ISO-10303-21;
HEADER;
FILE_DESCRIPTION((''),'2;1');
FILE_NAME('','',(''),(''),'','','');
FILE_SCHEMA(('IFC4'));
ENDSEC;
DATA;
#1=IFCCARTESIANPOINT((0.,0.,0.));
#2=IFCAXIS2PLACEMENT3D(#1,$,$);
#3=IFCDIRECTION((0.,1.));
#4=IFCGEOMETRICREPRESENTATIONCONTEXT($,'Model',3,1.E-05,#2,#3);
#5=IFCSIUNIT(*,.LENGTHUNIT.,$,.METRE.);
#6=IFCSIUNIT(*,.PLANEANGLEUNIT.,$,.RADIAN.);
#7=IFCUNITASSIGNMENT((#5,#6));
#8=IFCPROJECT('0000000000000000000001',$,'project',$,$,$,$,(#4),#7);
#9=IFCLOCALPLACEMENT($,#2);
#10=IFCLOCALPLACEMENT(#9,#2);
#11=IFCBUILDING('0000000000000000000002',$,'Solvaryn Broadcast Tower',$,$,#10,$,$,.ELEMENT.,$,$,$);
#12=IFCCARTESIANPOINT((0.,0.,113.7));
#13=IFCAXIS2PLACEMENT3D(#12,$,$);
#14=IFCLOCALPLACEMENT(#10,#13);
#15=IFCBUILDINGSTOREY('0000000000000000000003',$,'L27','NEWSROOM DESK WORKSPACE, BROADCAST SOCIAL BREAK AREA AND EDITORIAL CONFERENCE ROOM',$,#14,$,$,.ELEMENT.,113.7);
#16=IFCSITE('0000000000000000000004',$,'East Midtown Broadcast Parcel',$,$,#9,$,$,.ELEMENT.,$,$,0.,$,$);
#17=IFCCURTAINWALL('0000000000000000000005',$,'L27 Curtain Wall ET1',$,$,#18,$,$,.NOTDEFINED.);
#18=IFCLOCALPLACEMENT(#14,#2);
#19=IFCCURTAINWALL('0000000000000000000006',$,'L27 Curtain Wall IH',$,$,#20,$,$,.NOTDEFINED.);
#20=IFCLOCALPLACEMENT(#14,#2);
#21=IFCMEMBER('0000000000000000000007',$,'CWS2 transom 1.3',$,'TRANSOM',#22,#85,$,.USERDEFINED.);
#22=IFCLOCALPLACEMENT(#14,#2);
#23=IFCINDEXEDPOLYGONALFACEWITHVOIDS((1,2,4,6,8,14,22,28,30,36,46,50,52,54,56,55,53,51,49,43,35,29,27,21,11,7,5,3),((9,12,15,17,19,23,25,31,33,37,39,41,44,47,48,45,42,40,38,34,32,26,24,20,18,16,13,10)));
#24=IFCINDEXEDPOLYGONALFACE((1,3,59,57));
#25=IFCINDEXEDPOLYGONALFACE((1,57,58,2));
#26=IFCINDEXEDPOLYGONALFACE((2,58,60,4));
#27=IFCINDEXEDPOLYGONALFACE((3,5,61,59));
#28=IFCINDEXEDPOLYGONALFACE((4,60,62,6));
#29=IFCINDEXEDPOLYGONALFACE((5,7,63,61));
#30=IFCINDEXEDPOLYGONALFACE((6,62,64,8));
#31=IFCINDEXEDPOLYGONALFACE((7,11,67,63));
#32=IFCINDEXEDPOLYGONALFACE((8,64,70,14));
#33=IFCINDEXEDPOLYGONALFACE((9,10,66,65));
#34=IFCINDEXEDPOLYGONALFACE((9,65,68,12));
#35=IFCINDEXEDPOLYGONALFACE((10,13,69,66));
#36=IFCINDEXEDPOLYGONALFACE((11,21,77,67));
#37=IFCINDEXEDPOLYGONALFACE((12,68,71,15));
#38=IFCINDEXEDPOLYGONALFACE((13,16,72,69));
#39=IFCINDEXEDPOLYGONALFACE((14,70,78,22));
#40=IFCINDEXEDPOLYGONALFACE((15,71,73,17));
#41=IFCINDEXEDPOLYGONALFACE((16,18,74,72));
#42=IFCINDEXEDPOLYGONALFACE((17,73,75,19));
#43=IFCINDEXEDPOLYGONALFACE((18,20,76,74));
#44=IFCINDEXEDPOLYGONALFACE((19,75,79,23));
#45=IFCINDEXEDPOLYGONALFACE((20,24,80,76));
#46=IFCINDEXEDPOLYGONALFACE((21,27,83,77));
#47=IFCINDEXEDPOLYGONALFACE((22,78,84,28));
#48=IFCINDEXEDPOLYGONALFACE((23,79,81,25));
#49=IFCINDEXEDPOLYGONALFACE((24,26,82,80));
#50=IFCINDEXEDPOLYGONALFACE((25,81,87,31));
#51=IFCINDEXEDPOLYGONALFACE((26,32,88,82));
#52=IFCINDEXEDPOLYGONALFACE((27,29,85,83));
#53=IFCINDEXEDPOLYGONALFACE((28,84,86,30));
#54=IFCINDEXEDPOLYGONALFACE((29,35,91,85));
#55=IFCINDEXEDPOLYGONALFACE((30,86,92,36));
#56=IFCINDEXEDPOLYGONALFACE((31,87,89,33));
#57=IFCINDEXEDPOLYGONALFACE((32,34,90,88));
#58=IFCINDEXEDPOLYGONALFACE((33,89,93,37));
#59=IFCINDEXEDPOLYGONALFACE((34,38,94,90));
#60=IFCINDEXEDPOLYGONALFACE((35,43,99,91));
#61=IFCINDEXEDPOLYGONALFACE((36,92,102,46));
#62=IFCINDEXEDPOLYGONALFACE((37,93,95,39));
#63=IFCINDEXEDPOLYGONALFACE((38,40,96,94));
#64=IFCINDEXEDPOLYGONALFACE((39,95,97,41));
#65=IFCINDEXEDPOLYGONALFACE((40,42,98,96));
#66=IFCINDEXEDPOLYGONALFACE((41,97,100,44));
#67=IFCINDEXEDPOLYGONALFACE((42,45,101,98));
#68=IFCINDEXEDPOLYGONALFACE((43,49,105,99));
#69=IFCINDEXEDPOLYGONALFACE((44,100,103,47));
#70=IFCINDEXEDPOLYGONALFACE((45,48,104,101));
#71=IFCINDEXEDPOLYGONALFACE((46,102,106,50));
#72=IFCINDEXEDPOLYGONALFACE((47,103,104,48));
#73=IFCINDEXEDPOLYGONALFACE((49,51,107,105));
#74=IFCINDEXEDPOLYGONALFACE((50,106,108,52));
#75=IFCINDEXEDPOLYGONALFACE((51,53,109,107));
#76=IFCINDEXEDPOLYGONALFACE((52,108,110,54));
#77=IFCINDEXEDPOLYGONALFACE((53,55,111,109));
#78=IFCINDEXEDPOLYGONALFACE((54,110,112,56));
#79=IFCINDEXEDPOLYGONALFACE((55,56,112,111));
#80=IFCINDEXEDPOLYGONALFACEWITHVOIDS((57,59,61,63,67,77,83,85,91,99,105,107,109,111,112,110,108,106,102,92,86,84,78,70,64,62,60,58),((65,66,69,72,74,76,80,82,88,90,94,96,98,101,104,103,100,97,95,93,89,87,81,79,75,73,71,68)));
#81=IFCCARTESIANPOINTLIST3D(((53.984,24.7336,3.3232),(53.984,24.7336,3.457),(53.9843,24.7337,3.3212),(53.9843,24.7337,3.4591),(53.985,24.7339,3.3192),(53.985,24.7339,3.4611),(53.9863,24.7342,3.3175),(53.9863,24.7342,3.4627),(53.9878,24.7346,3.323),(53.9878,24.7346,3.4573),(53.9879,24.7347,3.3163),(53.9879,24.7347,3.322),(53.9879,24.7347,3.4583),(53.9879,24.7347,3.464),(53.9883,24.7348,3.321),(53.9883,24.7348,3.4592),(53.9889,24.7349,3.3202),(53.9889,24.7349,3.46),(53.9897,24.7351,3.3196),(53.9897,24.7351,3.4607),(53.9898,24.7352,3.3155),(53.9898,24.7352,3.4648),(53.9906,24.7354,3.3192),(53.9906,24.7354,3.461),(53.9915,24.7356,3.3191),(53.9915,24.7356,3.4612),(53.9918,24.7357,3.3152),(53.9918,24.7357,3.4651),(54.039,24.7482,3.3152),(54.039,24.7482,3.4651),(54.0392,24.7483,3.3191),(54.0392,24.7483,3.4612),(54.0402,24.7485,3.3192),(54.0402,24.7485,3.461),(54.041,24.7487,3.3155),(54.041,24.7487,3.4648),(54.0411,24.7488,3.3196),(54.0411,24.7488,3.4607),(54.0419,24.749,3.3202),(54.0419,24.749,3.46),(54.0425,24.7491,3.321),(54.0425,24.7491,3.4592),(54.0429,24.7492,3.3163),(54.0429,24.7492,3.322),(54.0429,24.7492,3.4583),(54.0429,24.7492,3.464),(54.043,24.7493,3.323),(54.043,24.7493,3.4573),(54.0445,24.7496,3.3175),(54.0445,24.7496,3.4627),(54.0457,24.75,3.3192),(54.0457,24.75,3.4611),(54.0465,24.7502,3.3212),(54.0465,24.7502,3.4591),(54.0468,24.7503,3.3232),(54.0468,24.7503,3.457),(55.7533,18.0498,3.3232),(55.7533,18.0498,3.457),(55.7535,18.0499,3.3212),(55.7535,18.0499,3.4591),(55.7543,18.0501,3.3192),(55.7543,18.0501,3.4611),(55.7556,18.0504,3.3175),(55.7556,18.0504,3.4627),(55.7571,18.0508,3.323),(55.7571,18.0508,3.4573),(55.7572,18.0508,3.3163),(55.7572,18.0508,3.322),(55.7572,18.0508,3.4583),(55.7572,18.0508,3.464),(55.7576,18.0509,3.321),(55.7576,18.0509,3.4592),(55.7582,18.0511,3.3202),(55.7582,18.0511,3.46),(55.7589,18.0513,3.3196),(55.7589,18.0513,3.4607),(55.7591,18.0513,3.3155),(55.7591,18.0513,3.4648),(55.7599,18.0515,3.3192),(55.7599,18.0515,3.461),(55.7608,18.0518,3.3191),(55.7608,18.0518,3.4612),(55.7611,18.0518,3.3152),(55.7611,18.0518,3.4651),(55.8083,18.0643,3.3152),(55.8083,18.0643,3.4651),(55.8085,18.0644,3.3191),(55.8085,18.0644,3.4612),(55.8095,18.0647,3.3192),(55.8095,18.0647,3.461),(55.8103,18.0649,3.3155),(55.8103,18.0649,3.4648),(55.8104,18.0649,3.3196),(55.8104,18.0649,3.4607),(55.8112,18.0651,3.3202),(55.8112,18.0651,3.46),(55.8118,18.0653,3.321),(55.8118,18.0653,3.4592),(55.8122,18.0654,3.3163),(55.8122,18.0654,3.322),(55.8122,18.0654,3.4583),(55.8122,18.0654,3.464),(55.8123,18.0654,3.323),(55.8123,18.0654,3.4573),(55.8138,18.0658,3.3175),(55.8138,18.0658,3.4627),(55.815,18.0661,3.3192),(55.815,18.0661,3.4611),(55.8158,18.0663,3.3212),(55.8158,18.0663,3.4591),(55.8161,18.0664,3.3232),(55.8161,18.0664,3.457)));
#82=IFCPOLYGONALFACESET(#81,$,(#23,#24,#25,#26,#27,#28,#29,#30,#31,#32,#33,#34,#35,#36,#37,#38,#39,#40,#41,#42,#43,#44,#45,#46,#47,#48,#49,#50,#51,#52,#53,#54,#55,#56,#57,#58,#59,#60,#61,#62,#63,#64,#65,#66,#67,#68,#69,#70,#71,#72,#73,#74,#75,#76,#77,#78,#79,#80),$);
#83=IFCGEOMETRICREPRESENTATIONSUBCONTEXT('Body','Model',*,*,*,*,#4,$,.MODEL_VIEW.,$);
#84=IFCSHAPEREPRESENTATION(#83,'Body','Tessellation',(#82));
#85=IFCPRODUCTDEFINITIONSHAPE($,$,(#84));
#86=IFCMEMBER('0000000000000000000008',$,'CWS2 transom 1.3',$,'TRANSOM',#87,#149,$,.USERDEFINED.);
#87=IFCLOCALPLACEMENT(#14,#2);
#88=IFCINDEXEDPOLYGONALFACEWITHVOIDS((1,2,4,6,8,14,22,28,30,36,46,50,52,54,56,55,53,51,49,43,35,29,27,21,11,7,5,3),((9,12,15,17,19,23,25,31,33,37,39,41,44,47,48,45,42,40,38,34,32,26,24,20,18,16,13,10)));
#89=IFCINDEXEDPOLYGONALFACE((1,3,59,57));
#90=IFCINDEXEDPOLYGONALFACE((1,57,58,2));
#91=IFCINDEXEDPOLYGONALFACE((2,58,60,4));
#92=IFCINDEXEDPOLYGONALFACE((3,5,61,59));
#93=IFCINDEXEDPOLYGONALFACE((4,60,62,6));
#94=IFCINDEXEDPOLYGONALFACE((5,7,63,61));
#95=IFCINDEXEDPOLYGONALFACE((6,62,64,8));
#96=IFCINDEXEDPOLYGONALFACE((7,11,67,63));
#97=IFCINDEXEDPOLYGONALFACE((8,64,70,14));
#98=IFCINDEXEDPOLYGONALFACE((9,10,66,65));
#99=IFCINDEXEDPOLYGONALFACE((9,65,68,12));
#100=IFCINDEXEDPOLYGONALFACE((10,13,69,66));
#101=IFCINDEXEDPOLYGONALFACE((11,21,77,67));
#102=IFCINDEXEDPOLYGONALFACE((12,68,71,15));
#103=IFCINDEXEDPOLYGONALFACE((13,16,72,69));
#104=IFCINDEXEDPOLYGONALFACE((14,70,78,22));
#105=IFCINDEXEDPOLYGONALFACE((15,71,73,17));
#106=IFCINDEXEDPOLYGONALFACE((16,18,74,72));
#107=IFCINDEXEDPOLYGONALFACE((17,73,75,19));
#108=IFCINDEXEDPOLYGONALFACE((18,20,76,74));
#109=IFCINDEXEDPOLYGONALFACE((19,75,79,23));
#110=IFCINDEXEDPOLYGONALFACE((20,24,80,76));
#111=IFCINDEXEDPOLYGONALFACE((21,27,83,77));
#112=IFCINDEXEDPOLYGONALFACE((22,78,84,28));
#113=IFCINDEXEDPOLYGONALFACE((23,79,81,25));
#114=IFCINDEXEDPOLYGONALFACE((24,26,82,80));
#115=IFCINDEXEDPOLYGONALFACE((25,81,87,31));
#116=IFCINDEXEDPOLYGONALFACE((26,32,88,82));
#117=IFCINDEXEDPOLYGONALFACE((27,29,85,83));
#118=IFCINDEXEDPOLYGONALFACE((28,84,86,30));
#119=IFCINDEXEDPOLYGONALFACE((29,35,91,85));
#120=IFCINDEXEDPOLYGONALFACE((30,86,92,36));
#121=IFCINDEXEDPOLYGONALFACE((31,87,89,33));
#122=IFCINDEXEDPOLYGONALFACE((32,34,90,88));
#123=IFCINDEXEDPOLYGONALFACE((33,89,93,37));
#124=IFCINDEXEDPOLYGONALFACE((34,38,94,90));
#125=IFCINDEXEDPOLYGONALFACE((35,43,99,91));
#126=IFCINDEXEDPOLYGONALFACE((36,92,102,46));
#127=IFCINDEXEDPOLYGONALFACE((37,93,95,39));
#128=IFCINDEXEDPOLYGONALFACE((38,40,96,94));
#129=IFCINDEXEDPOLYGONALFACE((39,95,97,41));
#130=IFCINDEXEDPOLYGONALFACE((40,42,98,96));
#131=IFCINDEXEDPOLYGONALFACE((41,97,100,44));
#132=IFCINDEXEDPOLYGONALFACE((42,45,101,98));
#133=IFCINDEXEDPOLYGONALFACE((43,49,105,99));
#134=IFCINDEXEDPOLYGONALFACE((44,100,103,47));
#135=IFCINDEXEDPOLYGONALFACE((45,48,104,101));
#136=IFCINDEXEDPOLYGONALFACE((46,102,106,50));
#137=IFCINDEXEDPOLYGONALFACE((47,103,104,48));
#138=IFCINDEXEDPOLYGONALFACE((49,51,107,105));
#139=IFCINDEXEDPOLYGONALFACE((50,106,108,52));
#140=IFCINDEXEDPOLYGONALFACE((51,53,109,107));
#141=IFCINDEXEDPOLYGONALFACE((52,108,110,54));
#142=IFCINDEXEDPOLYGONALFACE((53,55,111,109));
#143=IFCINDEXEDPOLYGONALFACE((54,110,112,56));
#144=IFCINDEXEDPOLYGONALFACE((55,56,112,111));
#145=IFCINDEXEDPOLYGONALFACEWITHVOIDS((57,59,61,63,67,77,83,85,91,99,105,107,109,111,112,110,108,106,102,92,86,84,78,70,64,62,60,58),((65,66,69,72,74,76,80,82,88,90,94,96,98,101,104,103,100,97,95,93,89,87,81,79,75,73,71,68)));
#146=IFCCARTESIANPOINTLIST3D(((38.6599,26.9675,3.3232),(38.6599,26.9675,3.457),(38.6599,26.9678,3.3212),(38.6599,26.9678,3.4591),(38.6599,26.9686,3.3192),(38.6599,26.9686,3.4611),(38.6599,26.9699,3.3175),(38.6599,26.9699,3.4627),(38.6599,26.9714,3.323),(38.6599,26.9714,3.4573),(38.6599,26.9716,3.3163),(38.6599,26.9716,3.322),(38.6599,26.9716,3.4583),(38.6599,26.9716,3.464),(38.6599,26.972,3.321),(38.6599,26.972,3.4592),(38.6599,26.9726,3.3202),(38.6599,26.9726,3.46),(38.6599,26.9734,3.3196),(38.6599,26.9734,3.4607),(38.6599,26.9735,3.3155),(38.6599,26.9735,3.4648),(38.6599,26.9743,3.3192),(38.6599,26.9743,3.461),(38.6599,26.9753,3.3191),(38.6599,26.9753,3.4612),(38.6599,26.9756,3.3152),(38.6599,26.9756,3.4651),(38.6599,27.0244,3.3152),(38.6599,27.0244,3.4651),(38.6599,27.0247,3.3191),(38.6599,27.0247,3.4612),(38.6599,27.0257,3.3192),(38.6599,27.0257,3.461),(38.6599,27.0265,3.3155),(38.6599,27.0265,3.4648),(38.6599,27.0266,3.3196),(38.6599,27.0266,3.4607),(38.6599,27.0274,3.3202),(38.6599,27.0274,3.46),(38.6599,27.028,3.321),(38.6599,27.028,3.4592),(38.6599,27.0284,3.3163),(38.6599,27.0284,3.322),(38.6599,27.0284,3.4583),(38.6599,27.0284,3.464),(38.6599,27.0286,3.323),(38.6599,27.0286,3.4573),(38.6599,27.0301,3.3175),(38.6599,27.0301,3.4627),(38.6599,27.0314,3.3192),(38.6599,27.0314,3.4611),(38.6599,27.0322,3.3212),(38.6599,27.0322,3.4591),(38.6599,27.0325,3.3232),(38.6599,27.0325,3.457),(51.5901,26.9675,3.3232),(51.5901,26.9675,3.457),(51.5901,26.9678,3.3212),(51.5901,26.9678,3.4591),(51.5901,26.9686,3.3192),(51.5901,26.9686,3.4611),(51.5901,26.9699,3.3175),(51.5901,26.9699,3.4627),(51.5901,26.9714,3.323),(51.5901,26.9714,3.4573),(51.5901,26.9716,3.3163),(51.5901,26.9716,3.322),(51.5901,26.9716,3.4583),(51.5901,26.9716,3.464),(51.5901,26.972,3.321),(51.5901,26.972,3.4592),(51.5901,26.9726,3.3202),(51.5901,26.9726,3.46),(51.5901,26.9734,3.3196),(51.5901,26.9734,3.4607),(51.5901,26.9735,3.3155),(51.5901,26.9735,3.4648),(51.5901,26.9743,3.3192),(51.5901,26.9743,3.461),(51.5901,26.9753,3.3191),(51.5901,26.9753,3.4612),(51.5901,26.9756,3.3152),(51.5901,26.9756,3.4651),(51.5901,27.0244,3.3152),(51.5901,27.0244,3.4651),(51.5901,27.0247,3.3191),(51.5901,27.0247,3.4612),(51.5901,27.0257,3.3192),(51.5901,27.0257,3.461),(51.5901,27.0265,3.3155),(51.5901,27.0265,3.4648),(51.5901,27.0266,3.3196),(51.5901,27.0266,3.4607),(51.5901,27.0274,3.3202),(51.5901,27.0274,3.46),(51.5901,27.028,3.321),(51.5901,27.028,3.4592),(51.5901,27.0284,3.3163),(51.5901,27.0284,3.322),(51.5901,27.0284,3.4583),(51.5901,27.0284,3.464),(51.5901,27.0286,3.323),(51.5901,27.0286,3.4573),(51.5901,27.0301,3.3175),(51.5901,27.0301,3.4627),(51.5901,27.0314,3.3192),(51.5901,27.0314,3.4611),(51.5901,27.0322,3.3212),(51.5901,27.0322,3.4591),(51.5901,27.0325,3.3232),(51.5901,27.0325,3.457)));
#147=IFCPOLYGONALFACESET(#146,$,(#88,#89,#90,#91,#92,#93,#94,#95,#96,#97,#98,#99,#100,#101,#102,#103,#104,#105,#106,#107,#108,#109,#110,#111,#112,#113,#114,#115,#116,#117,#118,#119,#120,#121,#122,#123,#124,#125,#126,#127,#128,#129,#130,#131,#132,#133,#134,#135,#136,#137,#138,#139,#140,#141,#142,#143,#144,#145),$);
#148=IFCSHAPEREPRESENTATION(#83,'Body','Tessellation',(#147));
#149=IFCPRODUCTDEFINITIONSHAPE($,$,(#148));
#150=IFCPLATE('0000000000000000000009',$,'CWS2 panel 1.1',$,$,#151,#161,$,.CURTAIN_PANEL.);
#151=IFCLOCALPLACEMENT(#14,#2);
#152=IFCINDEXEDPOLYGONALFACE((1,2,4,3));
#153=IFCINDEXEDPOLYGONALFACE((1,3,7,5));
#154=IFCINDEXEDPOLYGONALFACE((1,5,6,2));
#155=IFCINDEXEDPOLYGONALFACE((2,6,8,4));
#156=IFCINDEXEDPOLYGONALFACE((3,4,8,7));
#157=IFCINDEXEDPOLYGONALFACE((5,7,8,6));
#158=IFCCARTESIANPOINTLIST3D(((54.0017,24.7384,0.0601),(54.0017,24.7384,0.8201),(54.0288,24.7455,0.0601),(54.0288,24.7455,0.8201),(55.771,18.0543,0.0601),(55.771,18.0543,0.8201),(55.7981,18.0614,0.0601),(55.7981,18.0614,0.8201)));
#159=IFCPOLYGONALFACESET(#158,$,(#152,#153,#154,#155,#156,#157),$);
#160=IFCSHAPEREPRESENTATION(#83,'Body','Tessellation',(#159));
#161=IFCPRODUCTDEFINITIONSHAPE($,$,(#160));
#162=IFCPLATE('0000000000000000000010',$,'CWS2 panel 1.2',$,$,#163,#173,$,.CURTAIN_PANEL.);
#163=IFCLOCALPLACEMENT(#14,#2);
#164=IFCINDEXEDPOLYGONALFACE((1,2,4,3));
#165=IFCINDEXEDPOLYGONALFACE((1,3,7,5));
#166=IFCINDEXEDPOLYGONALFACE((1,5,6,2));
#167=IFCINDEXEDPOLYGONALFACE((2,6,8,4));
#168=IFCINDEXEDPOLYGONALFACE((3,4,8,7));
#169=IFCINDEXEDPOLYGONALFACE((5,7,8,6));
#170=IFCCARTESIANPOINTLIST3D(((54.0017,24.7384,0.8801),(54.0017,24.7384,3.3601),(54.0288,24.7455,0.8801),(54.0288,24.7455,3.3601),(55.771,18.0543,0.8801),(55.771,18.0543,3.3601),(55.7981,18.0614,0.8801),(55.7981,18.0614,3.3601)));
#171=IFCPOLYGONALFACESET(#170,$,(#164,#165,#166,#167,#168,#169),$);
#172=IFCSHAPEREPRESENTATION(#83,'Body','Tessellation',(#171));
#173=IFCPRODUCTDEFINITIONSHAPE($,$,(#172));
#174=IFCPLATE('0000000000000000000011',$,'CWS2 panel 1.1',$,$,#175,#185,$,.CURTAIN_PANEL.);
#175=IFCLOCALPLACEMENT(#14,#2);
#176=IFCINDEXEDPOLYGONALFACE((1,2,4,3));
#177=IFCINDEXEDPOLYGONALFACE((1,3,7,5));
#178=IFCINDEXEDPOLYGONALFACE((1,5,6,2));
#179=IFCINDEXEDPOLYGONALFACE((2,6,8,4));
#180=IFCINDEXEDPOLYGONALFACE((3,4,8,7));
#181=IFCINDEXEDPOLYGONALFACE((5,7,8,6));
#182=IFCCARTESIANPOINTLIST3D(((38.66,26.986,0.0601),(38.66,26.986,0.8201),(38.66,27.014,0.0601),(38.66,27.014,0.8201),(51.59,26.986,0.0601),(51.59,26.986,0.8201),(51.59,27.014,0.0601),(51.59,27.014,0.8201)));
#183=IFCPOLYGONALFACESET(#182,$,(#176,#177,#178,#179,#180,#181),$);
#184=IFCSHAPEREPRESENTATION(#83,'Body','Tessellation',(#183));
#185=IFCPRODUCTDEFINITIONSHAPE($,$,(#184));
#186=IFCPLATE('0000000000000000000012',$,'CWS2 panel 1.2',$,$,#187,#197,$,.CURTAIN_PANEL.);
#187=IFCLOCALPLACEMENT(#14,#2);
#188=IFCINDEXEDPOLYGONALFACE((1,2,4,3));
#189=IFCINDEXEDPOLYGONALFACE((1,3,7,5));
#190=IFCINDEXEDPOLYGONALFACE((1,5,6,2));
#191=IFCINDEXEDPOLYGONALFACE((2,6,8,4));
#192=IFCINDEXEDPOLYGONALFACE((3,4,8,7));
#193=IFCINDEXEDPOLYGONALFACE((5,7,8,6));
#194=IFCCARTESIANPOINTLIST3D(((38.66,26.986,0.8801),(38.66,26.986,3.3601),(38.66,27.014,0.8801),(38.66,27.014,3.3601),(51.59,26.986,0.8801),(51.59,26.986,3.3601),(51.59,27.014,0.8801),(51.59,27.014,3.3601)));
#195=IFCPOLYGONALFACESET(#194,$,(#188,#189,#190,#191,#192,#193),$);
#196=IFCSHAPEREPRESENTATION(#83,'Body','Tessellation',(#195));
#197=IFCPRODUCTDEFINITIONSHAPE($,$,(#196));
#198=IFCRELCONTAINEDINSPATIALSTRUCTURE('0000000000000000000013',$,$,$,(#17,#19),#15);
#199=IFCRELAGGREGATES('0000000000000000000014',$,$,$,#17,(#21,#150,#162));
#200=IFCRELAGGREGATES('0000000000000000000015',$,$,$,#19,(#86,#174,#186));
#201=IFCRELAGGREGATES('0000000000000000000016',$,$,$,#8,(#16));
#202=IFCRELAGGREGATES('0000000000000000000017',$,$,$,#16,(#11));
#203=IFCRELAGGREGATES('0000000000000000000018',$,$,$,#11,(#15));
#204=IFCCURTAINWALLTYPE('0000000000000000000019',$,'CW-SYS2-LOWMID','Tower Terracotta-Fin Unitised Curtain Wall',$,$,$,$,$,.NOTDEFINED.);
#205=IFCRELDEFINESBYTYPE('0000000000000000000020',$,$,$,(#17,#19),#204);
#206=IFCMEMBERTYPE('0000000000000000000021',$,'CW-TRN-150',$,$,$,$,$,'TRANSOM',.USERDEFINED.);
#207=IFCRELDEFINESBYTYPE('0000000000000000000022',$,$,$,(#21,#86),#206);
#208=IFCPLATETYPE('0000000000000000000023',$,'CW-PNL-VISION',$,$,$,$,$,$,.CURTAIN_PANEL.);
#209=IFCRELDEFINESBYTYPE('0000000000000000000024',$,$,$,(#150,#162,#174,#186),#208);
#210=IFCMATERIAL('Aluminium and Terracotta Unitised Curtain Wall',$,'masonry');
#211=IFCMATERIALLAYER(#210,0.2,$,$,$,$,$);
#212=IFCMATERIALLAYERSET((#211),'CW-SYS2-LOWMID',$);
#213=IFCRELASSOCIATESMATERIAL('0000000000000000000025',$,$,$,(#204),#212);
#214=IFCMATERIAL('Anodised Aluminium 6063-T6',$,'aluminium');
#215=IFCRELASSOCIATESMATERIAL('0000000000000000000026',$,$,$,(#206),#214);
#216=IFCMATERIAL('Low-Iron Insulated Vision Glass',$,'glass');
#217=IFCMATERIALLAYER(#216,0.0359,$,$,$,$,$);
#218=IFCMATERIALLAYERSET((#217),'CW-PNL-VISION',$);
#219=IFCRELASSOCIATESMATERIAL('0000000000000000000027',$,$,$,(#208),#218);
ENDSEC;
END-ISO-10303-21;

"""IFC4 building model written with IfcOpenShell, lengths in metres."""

from ifc_helpers import new_model, si_unit, direction, frame, origin, origin_2d, place, context, subcontext, project, spatial, rectangle, hollow_rectangle, extrude, material, layer, layer_set, material_profile, profile_set, type_object, element, aggregate, save


model = new_model("IFC4")

# Units and contexts
model_context = context("Model", 3, precision=1e-05, world=origin(), true_north=direction((0.0, 1.0)))
body_context = subcontext(model_context, "Body", "Model", "MODEL_VIEW")
ifc_project = project(units=[si_unit("LENGTHUNIT", "METRE"), si_unit("PLANEANGLEUNIT", "RADIAN")], contexts=[model_context])

# Site, building, storey
site_placement = place(None, origin())
site = spatial("IfcSite", under=ifc_project, at=site_placement, Name="East Midtown Broadcast Parcel", CompositionType="ELEMENT", RefElevation=0.0)
building_placement = place(site_placement, origin())
building = spatial("IfcBuilding", under=site, at=building_placement, Name="Solvaryn Broadcast Tower", CompositionType="ELEMENT")
storey_placement = place(building_placement, frame((0.0, 0.0, 113.7)))
storey = spatial("IfcBuildingStorey", under=building, at=storey_placement, Name="L27", Description="NEWSROOM DESK WORKSPACE, BROADCAST SOCIAL BREAK AREA AND EDITORIAL CONFERENCE ROOM", CompositionType="ELEMENT", Elevation=113.7)

# Curtain walls
ifc_material_1 = material(Name="Aluminium and Terracotta Unitised Curtain Wall", Category="masonry")
ifc_layer_1 = layer(ifc_material_1, 0.2)
ifc_layer_set_1 = layer_set([ifc_layer_1], Name="CW-SYS2-LOWMID")
curtain_wall_type = type_object("IfcCurtainWallType", Name="CW-SYS2-LOWMID", Description="Tower Terracotta-Fin Unitised Curtain Wall", PredefinedType="NOTDEFINED", material=ifc_layer_set_1)
curtain_wall_1_placement = place(storey_placement, origin())
curtain_wall_1 = element("IfcCurtainWall", 1, at=curtain_wall_1_placement, inside=storey, type_object=curtain_wall_type, Name="L27 Curtain Wall ET1", PredefinedType="NOTDEFINED")
curtain_wall_2_placement = place(storey_placement, origin())
curtain_wall_2 = element("IfcCurtainWall", 2, at=curtain_wall_2_placement, inside=storey, type_object=curtain_wall_type, Name="L27 Curtain Wall IH", PredefinedType="NOTDEFINED")

# Members
ifc_material_2 = material(Name="Anodised Aluminium 6063-T6", Category="aluminium")
ifc_material_profile_1 = material_profile(ifc_material_2, hollow_rectangle(XDim=0.0649, YDim=0.1499, WallThickness=0.0039, InnerFilletRadius=0.0039, OuterFilletRadius=0.0081, at=origin_2d()))
ifc_profile_set_1 = profile_set([ifc_material_profile_1], Name="Anodised Aluminium 6063-T6")
member_type_1 = type_object("IfcMemberType", Name="CW-TRN-150", ElementType="TRANSOM", PredefinedType="USERDEFINED", material=ifc_profile_set_1)
member_1_placement = place(storey_placement, frame((54.0154, 24.7419, 3.3901), z_axis=(0.255897, -0.966704, 0.0), x_axis=(0.966704, 0.255897, 0.0)))
member_1 = element("IfcMember", 3, at=member_1_placement, type_object=member_type_1, Name="CWS2 transom 1.3", ObjectType="TRANSOM", PredefinedType="USERDEFINED", context=body_context, shape_type="SweptSolid", body=[
    extrude(hollow_rectangle(XDim=0.0649, YDim=0.1499, WallThickness=0.0039, InnerFilletRadius=0.0039, OuterFilletRadius=0.0081, at=origin_2d()), origin(), (0.0, 0.0, 1.0), 6.9141),
])
member_2_placement = place(storey_placement, frame((38.6599, 27.0, 3.3901), z_axis=(1.0, 0.0, 0.0), x_axis=(0.0, 1.0, 0.0)))
member_2 = element("IfcMember", 4, at=member_2_placement, type_object=member_type_1, Name="CWS2 transom 1.3", ObjectType="TRANSOM", PredefinedType="USERDEFINED", context=body_context, shape_type="SweptSolid", body=[
    extrude(hollow_rectangle(XDim=0.0649, YDim=0.1499, WallThickness=0.0039, InnerFilletRadius=0.0039, OuterFilletRadius=0.0081, at=origin_2d()), origin(), (0.0, 0.0, 1.0), 12.9302),
])

# Plates
ifc_material_3 = material(Name="Low-Iron Insulated Vision Glass", Category="glass")
ifc_layer_2 = layer(ifc_material_3, 0.0359)
ifc_layer_set_2 = layer_set([ifc_layer_2], Name="CW-PNL-VISION")
plate_type = type_object("IfcPlateType", Name="CW-PNL-VISION", PredefinedType="CURTAIN_PANEL", material=ifc_layer_set_2)
plate_1_placement = place(storey_placement, frame((54.8999, 21.3999, 0.0601), z_axis=(0.0, 0.0, 1.0), x_axis=(0.255893, -0.966705, 0.0)))
plate_1 = element("IfcPlate", 5, at=plate_1_placement, type_object=plate_type, Name="CWS2 panel 1.1", PredefinedType="CURTAIN_PANEL", context=body_context, shape_type="SweptSolid", body=[
    extrude(rectangle(XDim=6.9143, YDim=0.0281, at=origin_2d()), origin(), (0.0, 0.0, 1.0), 0.76),
])
plate_2_placement = place(storey_placement, frame((54.8999, 21.3999, 0.8801), z_axis=(0.0, 0.0, 1.0), x_axis=(0.255893, -0.966705, 0.0)))
plate_2 = element("IfcPlate", 6, at=plate_2_placement, type_object=plate_type, Name="CWS2 panel 1.2", PredefinedType="CURTAIN_PANEL", context=body_context, shape_type="SweptSolid", body=[
    extrude(rectangle(XDim=6.9143, YDim=0.0281, at=origin_2d()), origin(), (0.0, 0.0, 1.0), 2.48),
])
aggregate(curtain_wall_1, [member_1, plate_1, plate_2])
plate_3_placement = place(storey_placement, frame((45.125, 27.0, 0.0601), z_axis=(0.0, 0.0, 1.0), x_axis=(1.0, 0.0, 0.0)))
plate_3 = element("IfcPlate", 7, at=plate_3_placement, type_object=plate_type, Name="CWS2 panel 1.1", PredefinedType="CURTAIN_PANEL", context=body_context, shape_type="SweptSolid", body=[
    extrude(rectangle(XDim=12.9299, YDim=0.0281, at=origin_2d()), origin(), (0.0, 0.0, 1.0), 0.76),
])
plate_4_placement = place(storey_placement, frame((45.125, 27.0, 0.8801), z_axis=(0.0, 0.0, 1.0), x_axis=(1.0, 0.0, 0.0)))
plate_4 = element("IfcPlate", 8, at=plate_4_placement, type_object=plate_type, Name="CWS2 panel 1.2", PredefinedType="CURTAIN_PANEL", context=body_context, shape_type="SweptSolid", body=[
    extrude(rectangle(XDim=12.9299, YDim=0.0281, at=origin_2d()), origin(), (0.0, 0.0, 1.0), 2.48),
])
aggregate(curtain_wall_2, [member_2, plate_3, plate_4])

save(model, "model.ifc")
